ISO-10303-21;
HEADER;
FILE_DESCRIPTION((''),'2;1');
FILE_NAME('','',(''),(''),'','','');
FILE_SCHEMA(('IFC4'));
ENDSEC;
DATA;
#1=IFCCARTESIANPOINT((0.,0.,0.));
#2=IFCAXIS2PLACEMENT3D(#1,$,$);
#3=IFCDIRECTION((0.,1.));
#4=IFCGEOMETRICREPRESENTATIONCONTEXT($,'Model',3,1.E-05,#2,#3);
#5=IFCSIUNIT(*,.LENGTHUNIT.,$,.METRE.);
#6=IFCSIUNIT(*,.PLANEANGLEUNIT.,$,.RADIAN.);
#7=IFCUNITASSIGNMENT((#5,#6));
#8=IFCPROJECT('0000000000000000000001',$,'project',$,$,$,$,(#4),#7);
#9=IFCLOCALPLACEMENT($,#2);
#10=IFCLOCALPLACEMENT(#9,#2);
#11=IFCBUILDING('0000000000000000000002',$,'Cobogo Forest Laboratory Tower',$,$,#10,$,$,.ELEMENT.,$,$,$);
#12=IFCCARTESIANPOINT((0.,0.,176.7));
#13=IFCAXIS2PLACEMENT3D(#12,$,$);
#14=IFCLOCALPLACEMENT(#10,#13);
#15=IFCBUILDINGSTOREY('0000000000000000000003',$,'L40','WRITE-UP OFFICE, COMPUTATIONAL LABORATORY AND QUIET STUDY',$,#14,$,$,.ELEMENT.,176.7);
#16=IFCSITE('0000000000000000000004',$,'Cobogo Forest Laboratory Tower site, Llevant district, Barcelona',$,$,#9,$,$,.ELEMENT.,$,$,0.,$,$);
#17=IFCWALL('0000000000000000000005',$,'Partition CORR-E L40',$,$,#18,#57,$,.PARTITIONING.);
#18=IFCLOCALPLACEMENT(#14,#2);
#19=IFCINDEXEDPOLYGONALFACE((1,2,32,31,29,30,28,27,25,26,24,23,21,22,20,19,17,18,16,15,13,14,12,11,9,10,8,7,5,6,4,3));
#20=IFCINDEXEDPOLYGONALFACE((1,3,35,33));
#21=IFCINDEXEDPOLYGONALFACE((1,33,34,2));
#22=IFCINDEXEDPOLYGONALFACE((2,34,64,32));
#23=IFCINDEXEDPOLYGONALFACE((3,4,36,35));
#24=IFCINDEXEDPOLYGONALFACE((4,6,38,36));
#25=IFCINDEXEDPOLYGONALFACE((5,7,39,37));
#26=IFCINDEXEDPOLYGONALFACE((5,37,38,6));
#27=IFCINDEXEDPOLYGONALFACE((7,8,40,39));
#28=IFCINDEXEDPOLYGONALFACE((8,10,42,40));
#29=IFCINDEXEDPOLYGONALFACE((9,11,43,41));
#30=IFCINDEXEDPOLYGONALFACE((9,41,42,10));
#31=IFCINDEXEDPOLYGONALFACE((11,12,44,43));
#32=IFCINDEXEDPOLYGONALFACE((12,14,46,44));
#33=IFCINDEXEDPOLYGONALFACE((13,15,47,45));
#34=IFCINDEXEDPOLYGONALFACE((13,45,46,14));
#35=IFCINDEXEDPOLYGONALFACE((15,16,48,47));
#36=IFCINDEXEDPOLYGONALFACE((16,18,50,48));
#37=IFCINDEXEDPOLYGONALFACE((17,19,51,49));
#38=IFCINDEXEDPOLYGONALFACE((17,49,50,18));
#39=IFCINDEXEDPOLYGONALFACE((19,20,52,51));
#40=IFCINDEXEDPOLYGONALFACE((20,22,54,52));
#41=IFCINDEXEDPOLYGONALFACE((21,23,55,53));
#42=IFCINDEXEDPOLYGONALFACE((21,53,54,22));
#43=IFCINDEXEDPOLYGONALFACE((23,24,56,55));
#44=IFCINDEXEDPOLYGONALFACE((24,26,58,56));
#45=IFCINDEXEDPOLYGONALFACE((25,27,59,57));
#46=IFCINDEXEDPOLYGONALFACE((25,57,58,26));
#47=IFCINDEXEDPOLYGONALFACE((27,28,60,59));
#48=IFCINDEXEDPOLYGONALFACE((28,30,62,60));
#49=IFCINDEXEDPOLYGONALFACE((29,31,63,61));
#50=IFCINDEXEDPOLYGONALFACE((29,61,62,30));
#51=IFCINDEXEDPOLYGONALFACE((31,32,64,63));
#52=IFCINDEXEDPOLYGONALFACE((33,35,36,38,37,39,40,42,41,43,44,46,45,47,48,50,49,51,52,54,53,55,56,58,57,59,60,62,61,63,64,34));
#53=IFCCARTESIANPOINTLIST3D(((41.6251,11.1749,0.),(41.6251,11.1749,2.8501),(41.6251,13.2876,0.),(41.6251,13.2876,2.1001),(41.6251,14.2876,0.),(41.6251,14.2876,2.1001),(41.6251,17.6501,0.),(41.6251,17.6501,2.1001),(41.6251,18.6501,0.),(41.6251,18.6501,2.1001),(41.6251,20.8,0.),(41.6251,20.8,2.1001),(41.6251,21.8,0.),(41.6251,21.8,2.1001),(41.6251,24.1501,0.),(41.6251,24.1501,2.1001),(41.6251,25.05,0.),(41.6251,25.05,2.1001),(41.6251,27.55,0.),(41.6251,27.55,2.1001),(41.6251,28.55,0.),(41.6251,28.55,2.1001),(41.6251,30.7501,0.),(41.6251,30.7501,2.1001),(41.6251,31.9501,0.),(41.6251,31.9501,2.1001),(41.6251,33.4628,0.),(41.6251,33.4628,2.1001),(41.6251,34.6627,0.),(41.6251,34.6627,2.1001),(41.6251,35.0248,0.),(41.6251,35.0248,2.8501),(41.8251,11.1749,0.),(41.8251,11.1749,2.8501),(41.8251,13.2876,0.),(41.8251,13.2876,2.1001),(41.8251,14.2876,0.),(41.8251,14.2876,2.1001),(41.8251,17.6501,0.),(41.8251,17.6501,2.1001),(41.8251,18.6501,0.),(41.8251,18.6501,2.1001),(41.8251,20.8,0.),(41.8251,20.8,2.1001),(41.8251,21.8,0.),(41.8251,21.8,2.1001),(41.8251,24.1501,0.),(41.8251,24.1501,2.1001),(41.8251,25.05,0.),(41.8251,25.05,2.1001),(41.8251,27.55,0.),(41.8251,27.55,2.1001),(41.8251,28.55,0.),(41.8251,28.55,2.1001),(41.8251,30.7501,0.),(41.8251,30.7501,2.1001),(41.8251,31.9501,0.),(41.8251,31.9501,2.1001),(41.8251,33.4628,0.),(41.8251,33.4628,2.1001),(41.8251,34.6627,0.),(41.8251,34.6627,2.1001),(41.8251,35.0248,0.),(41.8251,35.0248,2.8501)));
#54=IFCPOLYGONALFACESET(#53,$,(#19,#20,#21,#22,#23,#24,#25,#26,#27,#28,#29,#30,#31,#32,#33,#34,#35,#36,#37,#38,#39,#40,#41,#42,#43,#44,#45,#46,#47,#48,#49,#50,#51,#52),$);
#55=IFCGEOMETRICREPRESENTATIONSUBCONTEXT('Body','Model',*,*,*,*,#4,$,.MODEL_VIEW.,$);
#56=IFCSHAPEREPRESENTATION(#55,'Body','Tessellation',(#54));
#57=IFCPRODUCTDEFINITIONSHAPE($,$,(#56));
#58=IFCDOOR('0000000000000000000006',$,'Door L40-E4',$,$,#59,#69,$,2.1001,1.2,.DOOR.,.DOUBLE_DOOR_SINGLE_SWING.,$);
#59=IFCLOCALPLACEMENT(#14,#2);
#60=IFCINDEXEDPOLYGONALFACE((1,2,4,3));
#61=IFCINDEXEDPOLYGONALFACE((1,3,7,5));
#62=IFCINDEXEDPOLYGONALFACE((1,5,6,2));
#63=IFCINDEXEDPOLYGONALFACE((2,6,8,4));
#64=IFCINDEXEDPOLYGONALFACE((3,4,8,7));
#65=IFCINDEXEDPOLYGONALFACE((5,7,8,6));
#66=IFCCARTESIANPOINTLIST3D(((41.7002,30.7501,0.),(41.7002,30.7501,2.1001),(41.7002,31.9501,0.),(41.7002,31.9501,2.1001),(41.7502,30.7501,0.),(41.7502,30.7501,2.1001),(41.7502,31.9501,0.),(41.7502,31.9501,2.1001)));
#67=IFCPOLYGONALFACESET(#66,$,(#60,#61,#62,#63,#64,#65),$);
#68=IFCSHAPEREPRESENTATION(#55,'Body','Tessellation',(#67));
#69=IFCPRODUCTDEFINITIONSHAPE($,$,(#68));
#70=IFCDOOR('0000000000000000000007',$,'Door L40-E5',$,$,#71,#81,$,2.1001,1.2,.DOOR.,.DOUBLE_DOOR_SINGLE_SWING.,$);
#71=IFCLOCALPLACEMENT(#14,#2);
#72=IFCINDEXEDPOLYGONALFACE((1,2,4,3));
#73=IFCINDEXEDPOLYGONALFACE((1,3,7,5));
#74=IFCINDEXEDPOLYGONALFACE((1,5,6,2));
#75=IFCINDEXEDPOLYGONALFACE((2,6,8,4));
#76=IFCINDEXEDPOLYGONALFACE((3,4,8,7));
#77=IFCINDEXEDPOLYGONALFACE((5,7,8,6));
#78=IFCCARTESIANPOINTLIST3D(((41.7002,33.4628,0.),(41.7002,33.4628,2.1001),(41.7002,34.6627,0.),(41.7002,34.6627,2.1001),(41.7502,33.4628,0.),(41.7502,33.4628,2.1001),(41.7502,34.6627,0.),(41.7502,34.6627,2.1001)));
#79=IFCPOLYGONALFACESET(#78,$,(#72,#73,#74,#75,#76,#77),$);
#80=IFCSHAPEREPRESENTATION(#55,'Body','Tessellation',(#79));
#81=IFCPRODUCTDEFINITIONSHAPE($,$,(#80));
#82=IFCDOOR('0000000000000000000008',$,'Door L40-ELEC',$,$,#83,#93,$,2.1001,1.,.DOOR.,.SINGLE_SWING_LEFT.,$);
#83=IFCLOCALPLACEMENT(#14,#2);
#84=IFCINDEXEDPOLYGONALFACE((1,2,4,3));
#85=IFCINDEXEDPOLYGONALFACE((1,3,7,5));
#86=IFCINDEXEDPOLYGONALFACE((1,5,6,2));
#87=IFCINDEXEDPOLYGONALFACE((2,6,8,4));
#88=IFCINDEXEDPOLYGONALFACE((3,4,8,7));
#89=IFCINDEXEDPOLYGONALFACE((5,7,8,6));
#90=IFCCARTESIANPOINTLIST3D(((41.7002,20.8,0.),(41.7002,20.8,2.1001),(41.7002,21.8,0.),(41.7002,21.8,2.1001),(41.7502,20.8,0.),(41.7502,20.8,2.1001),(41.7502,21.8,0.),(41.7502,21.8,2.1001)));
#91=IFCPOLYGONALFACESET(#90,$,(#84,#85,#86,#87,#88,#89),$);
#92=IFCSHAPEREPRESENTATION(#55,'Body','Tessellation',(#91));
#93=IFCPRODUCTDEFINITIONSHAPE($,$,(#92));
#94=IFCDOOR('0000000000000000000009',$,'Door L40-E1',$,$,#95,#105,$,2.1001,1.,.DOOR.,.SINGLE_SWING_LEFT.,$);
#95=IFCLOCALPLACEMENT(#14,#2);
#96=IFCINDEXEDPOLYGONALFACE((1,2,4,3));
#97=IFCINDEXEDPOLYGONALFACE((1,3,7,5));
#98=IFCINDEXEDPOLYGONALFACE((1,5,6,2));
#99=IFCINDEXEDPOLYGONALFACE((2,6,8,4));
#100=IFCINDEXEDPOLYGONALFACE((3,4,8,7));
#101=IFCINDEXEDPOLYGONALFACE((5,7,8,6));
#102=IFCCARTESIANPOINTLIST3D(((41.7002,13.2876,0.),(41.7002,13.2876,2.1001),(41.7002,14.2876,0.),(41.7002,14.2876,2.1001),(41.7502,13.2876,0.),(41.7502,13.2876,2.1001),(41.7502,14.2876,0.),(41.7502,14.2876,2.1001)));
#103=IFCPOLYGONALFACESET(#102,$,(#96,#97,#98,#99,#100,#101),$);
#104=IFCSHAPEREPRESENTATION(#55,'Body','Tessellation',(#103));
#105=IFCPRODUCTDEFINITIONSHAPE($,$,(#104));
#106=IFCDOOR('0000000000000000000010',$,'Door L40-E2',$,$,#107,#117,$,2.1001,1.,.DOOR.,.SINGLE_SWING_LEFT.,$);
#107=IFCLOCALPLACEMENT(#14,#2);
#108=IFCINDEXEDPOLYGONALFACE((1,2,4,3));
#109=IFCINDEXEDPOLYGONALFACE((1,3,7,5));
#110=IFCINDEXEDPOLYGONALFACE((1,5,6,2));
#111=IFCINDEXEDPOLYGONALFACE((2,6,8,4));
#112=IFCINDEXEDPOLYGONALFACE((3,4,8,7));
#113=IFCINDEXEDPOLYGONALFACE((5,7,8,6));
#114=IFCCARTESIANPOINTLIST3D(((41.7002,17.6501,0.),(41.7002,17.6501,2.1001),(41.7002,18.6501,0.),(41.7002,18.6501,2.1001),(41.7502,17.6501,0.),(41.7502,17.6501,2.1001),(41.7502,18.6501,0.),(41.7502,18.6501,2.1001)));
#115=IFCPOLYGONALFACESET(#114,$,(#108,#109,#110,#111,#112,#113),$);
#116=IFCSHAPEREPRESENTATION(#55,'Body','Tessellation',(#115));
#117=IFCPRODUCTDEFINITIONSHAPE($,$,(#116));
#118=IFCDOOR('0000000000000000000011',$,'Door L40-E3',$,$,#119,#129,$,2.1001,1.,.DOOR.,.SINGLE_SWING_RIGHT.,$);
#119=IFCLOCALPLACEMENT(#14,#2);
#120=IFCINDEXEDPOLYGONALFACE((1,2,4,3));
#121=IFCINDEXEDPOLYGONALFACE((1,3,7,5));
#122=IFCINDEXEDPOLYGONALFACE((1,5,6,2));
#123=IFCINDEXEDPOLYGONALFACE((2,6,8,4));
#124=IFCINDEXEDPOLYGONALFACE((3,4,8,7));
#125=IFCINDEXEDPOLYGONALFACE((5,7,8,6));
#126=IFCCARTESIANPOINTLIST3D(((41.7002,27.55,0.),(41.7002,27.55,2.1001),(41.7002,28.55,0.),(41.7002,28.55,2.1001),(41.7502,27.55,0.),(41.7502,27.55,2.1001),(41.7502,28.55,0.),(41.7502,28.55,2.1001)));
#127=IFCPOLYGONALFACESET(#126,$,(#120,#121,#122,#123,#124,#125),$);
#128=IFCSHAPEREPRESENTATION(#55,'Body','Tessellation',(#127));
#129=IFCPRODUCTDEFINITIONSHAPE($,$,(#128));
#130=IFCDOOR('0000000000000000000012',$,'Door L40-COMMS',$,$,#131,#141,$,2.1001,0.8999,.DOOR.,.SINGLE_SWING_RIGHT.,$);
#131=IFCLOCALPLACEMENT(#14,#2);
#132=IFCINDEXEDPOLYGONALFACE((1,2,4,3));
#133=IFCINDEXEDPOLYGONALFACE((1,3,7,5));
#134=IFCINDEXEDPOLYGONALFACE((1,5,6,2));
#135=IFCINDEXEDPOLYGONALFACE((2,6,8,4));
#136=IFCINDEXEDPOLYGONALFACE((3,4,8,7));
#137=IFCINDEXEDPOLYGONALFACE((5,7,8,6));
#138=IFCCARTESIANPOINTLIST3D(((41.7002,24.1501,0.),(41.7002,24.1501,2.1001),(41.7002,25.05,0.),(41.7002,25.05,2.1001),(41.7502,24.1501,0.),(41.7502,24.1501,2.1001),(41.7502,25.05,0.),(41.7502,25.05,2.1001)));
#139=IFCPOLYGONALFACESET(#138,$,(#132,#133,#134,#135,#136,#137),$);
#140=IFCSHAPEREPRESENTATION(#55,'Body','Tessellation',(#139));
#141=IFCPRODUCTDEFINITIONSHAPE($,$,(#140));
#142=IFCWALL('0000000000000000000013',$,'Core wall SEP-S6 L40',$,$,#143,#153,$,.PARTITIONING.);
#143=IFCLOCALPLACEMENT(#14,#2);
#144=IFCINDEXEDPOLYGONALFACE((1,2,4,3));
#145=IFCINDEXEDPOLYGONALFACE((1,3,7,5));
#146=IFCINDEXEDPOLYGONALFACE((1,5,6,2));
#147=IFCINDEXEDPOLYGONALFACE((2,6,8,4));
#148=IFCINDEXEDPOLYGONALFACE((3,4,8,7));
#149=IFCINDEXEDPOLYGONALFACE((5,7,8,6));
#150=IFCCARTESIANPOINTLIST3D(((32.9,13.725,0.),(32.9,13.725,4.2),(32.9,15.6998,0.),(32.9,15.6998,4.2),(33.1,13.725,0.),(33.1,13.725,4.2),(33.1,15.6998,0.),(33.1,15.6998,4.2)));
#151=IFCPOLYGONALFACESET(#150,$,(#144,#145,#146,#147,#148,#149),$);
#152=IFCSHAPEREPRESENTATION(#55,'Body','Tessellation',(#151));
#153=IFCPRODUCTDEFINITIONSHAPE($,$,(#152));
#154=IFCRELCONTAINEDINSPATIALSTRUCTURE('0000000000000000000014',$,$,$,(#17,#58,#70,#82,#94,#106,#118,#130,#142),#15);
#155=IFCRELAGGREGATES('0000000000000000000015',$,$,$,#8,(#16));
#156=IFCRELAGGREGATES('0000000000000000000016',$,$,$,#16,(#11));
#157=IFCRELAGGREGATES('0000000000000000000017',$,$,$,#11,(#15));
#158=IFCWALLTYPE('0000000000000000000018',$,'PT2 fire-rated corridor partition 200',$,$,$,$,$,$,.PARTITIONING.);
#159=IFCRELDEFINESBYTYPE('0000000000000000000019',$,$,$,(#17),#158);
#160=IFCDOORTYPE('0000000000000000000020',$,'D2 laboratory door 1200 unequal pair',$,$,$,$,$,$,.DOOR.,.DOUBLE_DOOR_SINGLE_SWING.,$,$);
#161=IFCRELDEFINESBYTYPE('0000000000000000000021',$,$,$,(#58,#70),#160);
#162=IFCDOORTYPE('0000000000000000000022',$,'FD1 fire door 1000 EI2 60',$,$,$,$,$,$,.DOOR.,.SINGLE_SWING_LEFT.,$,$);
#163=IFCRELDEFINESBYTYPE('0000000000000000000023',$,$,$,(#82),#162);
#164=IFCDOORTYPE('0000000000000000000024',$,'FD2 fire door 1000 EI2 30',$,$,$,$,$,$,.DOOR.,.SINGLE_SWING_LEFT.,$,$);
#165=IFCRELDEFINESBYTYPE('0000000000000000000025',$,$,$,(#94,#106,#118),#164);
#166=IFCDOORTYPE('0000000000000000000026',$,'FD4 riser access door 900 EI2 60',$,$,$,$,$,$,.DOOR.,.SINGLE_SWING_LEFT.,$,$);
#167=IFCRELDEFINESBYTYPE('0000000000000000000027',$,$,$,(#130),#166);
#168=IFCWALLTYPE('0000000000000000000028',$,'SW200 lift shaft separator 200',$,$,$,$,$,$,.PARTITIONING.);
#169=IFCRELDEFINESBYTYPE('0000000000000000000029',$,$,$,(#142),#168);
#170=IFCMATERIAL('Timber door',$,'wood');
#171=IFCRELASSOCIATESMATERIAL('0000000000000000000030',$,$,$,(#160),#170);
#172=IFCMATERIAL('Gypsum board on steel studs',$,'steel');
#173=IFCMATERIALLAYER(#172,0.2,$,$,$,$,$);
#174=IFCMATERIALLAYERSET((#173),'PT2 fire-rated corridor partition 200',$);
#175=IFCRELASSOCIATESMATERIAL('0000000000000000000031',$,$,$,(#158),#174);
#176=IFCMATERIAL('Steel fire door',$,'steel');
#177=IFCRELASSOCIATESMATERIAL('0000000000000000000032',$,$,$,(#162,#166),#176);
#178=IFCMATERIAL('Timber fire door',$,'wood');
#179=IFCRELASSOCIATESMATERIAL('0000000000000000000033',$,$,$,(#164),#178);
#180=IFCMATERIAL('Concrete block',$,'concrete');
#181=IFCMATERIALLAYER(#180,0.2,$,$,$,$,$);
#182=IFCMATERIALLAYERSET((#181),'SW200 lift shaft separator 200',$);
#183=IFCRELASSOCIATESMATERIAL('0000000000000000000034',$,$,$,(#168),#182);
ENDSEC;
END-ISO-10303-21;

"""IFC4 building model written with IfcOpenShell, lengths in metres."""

from ifc_helpers import new_model, si_unit, direction, frame, frame_2d, origin, place, context, subcontext, project, spatial, rectangle, extrude, material, layer, layer_set, type_object, element, fill, save


model = new_model("IFC4")

# Units and contexts
model_context = context("Model", 3, precision=1e-05, world=origin(), true_north=direction((0.0, 1.0)))
body_context = subcontext(model_context, "Body", "Model", "MODEL_VIEW")
ifc_project = project(units=[si_unit("LENGTHUNIT", "METRE"), si_unit("PLANEANGLEUNIT", "RADIAN")], contexts=[model_context])

# Site, building, storey
site_placement = place(None, origin())
site = spatial("IfcSite", under=ifc_project, at=site_placement, Name="Cobogo Forest Laboratory Tower site, Llevant district, Barcelona", CompositionType="ELEMENT", RefElevation=0.0)
building_placement = place(site_placement, origin())
building = spatial("IfcBuilding", under=site, at=building_placement, Name="Cobogo Forest Laboratory Tower", CompositionType="ELEMENT")
storey_placement = place(building_placement, frame((0.0, 0.0, 176.7)))
storey = spatial("IfcBuildingStorey", under=building, at=storey_placement, Name="L40", Description="WRITE-UP OFFICE, COMPUTATIONAL LABORATORY AND QUIET STUDY", CompositionType="ELEMENT", Elevation=176.7)

# Shared definitions
ifc_material_1 = material(Name="Steel fire door", Category="steel")

# Shared definitions
ifc_material_2 = material(Name="Gypsum board on steel studs", Category="steel")
ifc_material_3 = material(Name="Timber door", Category="wood")
door_type_1 = type_object("IfcDoorType", Name="D2 laboratory door 1200 unequal pair", OperationType="DOUBLE_DOOR_SINGLE_SWING", PredefinedType="DOOR", material=ifc_material_3)

# Shared definitions
ifc_layer_1 = layer(ifc_material_2, 0.2)
ifc_layer_set_1 = layer_set([ifc_layer_1], Name="PT2 fire-rated corridor partition 200")
wall_type_1 = type_object("IfcWallType", Name="PT2 fire-rated corridor partition 200", PredefinedType="PARTITIONING", material=ifc_layer_set_1)

# Wall, openings, doors
wall_1_placement = place(storey_placement, frame((41.7251, 11.175, 0.0), z_axis=(0.0, 0.0, 1.0), x_axis=(0.0, 1.0, 0.0)))
wall_1 = element("IfcWall", 1, at=wall_1_placement, inside=storey, type_object=wall_type_1, Name="Partition CORR-E L40", PredefinedType="PARTITIONING", context=body_context, shape_type="SweptSolid", body=[
    extrude(rectangle(XDim=23.8499, YDim=0.2, at=frame_2d((11.9248, 0.0))), origin(), (0.0, 0.0, 1.0), 2.8501),
])
opening_1_placement = place(wall_1_placement, frame((2.1125, 0.0, 0.0)))
opening_1 = element("IfcOpeningElement", 2, at=opening_1_placement, cuts=wall_1, PredefinedType="OPENING", context=body_context, shape_type="SweptSolid", body=[
    extrude(rectangle(XDim=1.0, YDim=2.1001, at=frame_2d((0.5, 1.05))), frame((0.0, 0.1099, 0.0), z_axis=(0.0, -1.0, 0.0), x_axis=(1.0, 0.0, 0.0)), (0.0, 0.0, 1.0), 0.22),
])
opening_2_placement = place(wall_1_placement, frame((6.4751, 0.0, 0.0)))
opening_2 = element("IfcOpeningElement", 3, at=opening_2_placement, cuts=wall_1, PredefinedType="OPENING", context=body_context, shape_type="SweptSolid", body=[
    extrude(rectangle(XDim=1.0, YDim=2.1001, at=frame_2d((0.5, 1.05))), frame((0.0, 0.1099, 0.0), z_axis=(0.0, -1.0, 0.0), x_axis=(1.0, 0.0, 0.0)), (0.0, 0.0, 1.0), 0.22),
])
opening_3_placement = place(wall_1_placement, frame((9.625, 0.0, 0.0)))
opening_3 = element("IfcOpeningElement", 4, at=opening_3_placement, cuts=wall_1, PredefinedType="OPENING", context=body_context, shape_type="SweptSolid", body=[
    extrude(rectangle(XDim=1.0, YDim=2.1001, at=frame_2d((0.5, 1.05))), frame((0.0, 0.1099, 0.0), z_axis=(0.0, -1.0, 0.0), x_axis=(1.0, 0.0, 0.0)), (0.0, 0.0, 1.0), 0.22),
])
opening_4_placement = place(wall_1_placement, frame((12.9751, 0.0, 0.0)))
opening_4 = element("IfcOpeningElement", 5, at=opening_4_placement, cuts=wall_1, PredefinedType="OPENING", context=body_context, shape_type="SweptSolid", body=[
    extrude(rectangle(XDim=0.8999, YDim=2.1001, at=frame_2d((0.45, 1.05))), frame((0.0, 0.1099, 0.0), z_axis=(0.0, -1.0, 0.0), x_axis=(1.0, 0.0, 0.0)), (0.0, 0.0, 1.0), 0.22),
])
opening_5_placement = place(wall_1_placement, frame((16.375, 0.0, 0.0)))
opening_5 = element("IfcOpeningElement", 6, at=opening_5_placement, cuts=wall_1, PredefinedType="OPENING", context=body_context, shape_type="SweptSolid", body=[
    extrude(rectangle(XDim=1.0, YDim=2.1001, at=frame_2d((0.5, 1.05))), frame((0.0, 0.1099, 0.0), z_axis=(0.0, -1.0, 0.0), x_axis=(1.0, 0.0, 0.0)), (0.0, 0.0, 1.0), 0.22),
])
opening_6_placement = place(wall_1_placement, frame((19.575, 0.0, 0.0)))
opening_6 = element("IfcOpeningElement", 7, at=opening_6_placement, cuts=wall_1, PredefinedType="OPENING", context=body_context, shape_type="SweptSolid", body=[
    extrude(rectangle(XDim=1.2, YDim=2.1001, at=frame_2d((0.6001, 1.05))), frame((0.0, 0.1099, 0.0), z_axis=(0.0, -1.0, 0.0), x_axis=(1.0, 0.0, 0.0)), (0.0, 0.0, 1.0), 0.22),
])
opening_7_placement = place(wall_1_placement, frame((22.2876, 0.0, 0.0)))
opening_7 = element("IfcOpeningElement", 8, at=opening_7_placement, cuts=wall_1, PredefinedType="OPENING", context=body_context, shape_type="SweptSolid", body=[
    extrude(rectangle(XDim=1.2, YDim=2.1001, at=frame_2d((0.6001, 1.05))), frame((0.0, 0.1099, 0.0), z_axis=(0.0, -1.0, 0.0), x_axis=(1.0, 0.0, 0.0)), (0.0, 0.0, 1.0), 0.22),
])
door_1_placement = place(opening_6_placement, origin())
door_1 = element("IfcDoor", 9, at=door_1_placement, inside=storey, type_object=door_type_1, Name="Door L40-E4", OperationType="DOUBLE_DOOR_SINGLE_SWING", OverallHeight=2.1001, OverallWidth=1.2, PredefinedType="DOOR", context=body_context, shape_type="SweptSolid", body=[
    extrude(rectangle(XDim=1.2, YDim=2.1001, at=frame_2d((0.6001, 1.05))), frame((0.0, 0.0249, 0.0), z_axis=(0.0, -1.0, 0.0), x_axis=(1.0, 0.0, 0.0)), (0.0, 0.0, 1.0), 0.05),
])
fill(opening_6, door_1)
door_2_placement = place(opening_7_placement, origin())
door_2 = element("IfcDoor", 10, at=door_2_placement, inside=storey, type_object=door_type_1, Name="Door L40-E5", OperationType="DOUBLE_DOOR_SINGLE_SWING", OverallHeight=2.1001, OverallWidth=1.2, PredefinedType="DOOR", context=body_context, shape_type="SweptSolid", body=[
    extrude(rectangle(XDim=1.2, YDim=2.1001, at=frame_2d((0.6001, 1.05))), frame((0.0, 0.0249, 0.0), z_axis=(0.0, -1.0, 0.0), x_axis=(1.0, 0.0, 0.0)), (0.0, 0.0, 1.0), 0.05),
])
fill(opening_7, door_2)
door_type_2 = type_object("IfcDoorType", Name="FD1 fire door 1000 EI2 60", OperationType="SINGLE_SWING_LEFT", PredefinedType="DOOR", material=ifc_material_1)
door_3_placement = place(opening_3_placement, origin())
door_3 = element("IfcDoor", 11, at=door_3_placement, inside=storey, type_object=door_type_2, Name="Door L40-ELEC", OperationType="SINGLE_SWING_LEFT", OverallHeight=2.1001, OverallWidth=1.0, PredefinedType="DOOR", context=body_context, shape_type="SweptSolid", body=[
    extrude(rectangle(XDim=1.0, YDim=2.1001, at=frame_2d((0.5, 1.05))), frame((0.0, 0.0249, 0.0), z_axis=(0.0, -1.0, 0.0), x_axis=(1.0, 0.0, 0.0)), (0.0, 0.0, 1.0), 0.05),
])
fill(opening_3, door_3)
ifc_material_4 = material(Name="Timber fire door", Category="wood")
door_type_3 = type_object("IfcDoorType", Name="FD2 fire door 1000 EI2 30", OperationType="SINGLE_SWING_LEFT", PredefinedType="DOOR", material=ifc_material_4)
door_4_placement = place(opening_1_placement, origin())
door_4 = element("IfcDoor", 12, at=door_4_placement, inside=storey, type_object=door_type_3, Name="Door L40-E1", OperationType="SINGLE_SWING_LEFT", OverallHeight=2.1001, OverallWidth=1.0, PredefinedType="DOOR", context=body_context, shape_type="SweptSolid", body=[
    extrude(rectangle(XDim=1.0, YDim=2.1001, at=frame_2d((0.5, 1.05))), frame((0.0, 0.0249, 0.0), z_axis=(0.0, -1.0, 0.0), x_axis=(1.0, 0.0, 0.0)), (0.0, 0.0, 1.0), 0.05),
])
fill(opening_1, door_4)
door_5_placement = place(opening_2_placement, origin())
door_5 = element("IfcDoor", 13, at=door_5_placement, inside=storey, type_object=door_type_3, Name="Door L40-E2", OperationType="SINGLE_SWING_LEFT", OverallHeight=2.1001, OverallWidth=1.0, PredefinedType="DOOR", context=body_context, shape_type="SweptSolid", body=[
    extrude(rectangle(XDim=1.0, YDim=2.1001, at=frame_2d((0.5, 1.05))), frame((0.0, 0.0249, 0.0), z_axis=(0.0, -1.0, 0.0), x_axis=(1.0, 0.0, 0.0)), (0.0, 0.0, 1.0), 0.05),
])
fill(opening_2, door_5)
door_6_placement = place(opening_5_placement, origin())
door_6 = element("IfcDoor", 14, at=door_6_placement, inside=storey, type_object=door_type_3, Name="Door L40-E3", OperationType="SINGLE_SWING_RIGHT", OverallHeight=2.1001, OverallWidth=1.0, PredefinedType="DOOR", context=body_context, shape_type="SweptSolid", body=[
    extrude(rectangle(XDim=1.0, YDim=2.1001, at=frame_2d((0.5, 1.05))), frame((0.0, 0.0249, 0.0), z_axis=(0.0, -1.0, 0.0), x_axis=(1.0, 0.0, 0.0)), (0.0, 0.0, 1.0), 0.05),
])
fill(opening_5, door_6)
door_type_4 = type_object("IfcDoorType", Name="FD4 riser access door 900 EI2 60", OperationType="SINGLE_SWING_LEFT", PredefinedType="DOOR", material=ifc_material_1)
door_7_placement = place(opening_4_placement, origin())
door_7 = element("IfcDoor", 15, at=door_7_placement, inside=storey, type_object=door_type_4, Name="Door L40-COMMS", OperationType="SINGLE_SWING_RIGHT", OverallHeight=2.1001, OverallWidth=0.8999, PredefinedType="DOOR", context=body_context, shape_type="SweptSolid", body=[
    extrude(rectangle(XDim=0.8999, YDim=2.1001, at=frame_2d((0.45, 1.05))), frame((0.0, 0.0249, 0.0), z_axis=(0.0, -1.0, 0.0), x_axis=(1.0, 0.0, 0.0)), (0.0, 0.0, 1.0), 0.05),
])
fill(opening_4, door_7)

# Wall
ifc_material_5 = material(Name="Concrete block", Category="concrete")
ifc_layer_2 = layer(ifc_material_5, 0.2)
ifc_layer_set_2 = layer_set([ifc_layer_2], Name="SW200 lift shaft separator 200")
wall_type_2 = type_object("IfcWallType", Name="SW200 lift shaft separator 200", PredefinedType="PARTITIONING", material=ifc_layer_set_2)
wall_2_placement = place(storey_placement, frame((33.0, 13.7251, 0.0), z_axis=(0.0, 0.0, 1.0), x_axis=(0.0, 1.0, 0.0)))
element("IfcWall", 16, at=wall_2_placement, inside=storey, type_object=wall_type_2, Name="Core wall SEP-S6 L40", PredefinedType="PARTITIONING", context=body_context, shape_type="SweptSolid", body=[
    extrude(rectangle(XDim=1.9749, YDim=0.2, at=frame_2d((0.9873, 0.0))), origin(), (0.0, 0.0, 1.0), 4.2),
])

save(model, "model.ifc")
